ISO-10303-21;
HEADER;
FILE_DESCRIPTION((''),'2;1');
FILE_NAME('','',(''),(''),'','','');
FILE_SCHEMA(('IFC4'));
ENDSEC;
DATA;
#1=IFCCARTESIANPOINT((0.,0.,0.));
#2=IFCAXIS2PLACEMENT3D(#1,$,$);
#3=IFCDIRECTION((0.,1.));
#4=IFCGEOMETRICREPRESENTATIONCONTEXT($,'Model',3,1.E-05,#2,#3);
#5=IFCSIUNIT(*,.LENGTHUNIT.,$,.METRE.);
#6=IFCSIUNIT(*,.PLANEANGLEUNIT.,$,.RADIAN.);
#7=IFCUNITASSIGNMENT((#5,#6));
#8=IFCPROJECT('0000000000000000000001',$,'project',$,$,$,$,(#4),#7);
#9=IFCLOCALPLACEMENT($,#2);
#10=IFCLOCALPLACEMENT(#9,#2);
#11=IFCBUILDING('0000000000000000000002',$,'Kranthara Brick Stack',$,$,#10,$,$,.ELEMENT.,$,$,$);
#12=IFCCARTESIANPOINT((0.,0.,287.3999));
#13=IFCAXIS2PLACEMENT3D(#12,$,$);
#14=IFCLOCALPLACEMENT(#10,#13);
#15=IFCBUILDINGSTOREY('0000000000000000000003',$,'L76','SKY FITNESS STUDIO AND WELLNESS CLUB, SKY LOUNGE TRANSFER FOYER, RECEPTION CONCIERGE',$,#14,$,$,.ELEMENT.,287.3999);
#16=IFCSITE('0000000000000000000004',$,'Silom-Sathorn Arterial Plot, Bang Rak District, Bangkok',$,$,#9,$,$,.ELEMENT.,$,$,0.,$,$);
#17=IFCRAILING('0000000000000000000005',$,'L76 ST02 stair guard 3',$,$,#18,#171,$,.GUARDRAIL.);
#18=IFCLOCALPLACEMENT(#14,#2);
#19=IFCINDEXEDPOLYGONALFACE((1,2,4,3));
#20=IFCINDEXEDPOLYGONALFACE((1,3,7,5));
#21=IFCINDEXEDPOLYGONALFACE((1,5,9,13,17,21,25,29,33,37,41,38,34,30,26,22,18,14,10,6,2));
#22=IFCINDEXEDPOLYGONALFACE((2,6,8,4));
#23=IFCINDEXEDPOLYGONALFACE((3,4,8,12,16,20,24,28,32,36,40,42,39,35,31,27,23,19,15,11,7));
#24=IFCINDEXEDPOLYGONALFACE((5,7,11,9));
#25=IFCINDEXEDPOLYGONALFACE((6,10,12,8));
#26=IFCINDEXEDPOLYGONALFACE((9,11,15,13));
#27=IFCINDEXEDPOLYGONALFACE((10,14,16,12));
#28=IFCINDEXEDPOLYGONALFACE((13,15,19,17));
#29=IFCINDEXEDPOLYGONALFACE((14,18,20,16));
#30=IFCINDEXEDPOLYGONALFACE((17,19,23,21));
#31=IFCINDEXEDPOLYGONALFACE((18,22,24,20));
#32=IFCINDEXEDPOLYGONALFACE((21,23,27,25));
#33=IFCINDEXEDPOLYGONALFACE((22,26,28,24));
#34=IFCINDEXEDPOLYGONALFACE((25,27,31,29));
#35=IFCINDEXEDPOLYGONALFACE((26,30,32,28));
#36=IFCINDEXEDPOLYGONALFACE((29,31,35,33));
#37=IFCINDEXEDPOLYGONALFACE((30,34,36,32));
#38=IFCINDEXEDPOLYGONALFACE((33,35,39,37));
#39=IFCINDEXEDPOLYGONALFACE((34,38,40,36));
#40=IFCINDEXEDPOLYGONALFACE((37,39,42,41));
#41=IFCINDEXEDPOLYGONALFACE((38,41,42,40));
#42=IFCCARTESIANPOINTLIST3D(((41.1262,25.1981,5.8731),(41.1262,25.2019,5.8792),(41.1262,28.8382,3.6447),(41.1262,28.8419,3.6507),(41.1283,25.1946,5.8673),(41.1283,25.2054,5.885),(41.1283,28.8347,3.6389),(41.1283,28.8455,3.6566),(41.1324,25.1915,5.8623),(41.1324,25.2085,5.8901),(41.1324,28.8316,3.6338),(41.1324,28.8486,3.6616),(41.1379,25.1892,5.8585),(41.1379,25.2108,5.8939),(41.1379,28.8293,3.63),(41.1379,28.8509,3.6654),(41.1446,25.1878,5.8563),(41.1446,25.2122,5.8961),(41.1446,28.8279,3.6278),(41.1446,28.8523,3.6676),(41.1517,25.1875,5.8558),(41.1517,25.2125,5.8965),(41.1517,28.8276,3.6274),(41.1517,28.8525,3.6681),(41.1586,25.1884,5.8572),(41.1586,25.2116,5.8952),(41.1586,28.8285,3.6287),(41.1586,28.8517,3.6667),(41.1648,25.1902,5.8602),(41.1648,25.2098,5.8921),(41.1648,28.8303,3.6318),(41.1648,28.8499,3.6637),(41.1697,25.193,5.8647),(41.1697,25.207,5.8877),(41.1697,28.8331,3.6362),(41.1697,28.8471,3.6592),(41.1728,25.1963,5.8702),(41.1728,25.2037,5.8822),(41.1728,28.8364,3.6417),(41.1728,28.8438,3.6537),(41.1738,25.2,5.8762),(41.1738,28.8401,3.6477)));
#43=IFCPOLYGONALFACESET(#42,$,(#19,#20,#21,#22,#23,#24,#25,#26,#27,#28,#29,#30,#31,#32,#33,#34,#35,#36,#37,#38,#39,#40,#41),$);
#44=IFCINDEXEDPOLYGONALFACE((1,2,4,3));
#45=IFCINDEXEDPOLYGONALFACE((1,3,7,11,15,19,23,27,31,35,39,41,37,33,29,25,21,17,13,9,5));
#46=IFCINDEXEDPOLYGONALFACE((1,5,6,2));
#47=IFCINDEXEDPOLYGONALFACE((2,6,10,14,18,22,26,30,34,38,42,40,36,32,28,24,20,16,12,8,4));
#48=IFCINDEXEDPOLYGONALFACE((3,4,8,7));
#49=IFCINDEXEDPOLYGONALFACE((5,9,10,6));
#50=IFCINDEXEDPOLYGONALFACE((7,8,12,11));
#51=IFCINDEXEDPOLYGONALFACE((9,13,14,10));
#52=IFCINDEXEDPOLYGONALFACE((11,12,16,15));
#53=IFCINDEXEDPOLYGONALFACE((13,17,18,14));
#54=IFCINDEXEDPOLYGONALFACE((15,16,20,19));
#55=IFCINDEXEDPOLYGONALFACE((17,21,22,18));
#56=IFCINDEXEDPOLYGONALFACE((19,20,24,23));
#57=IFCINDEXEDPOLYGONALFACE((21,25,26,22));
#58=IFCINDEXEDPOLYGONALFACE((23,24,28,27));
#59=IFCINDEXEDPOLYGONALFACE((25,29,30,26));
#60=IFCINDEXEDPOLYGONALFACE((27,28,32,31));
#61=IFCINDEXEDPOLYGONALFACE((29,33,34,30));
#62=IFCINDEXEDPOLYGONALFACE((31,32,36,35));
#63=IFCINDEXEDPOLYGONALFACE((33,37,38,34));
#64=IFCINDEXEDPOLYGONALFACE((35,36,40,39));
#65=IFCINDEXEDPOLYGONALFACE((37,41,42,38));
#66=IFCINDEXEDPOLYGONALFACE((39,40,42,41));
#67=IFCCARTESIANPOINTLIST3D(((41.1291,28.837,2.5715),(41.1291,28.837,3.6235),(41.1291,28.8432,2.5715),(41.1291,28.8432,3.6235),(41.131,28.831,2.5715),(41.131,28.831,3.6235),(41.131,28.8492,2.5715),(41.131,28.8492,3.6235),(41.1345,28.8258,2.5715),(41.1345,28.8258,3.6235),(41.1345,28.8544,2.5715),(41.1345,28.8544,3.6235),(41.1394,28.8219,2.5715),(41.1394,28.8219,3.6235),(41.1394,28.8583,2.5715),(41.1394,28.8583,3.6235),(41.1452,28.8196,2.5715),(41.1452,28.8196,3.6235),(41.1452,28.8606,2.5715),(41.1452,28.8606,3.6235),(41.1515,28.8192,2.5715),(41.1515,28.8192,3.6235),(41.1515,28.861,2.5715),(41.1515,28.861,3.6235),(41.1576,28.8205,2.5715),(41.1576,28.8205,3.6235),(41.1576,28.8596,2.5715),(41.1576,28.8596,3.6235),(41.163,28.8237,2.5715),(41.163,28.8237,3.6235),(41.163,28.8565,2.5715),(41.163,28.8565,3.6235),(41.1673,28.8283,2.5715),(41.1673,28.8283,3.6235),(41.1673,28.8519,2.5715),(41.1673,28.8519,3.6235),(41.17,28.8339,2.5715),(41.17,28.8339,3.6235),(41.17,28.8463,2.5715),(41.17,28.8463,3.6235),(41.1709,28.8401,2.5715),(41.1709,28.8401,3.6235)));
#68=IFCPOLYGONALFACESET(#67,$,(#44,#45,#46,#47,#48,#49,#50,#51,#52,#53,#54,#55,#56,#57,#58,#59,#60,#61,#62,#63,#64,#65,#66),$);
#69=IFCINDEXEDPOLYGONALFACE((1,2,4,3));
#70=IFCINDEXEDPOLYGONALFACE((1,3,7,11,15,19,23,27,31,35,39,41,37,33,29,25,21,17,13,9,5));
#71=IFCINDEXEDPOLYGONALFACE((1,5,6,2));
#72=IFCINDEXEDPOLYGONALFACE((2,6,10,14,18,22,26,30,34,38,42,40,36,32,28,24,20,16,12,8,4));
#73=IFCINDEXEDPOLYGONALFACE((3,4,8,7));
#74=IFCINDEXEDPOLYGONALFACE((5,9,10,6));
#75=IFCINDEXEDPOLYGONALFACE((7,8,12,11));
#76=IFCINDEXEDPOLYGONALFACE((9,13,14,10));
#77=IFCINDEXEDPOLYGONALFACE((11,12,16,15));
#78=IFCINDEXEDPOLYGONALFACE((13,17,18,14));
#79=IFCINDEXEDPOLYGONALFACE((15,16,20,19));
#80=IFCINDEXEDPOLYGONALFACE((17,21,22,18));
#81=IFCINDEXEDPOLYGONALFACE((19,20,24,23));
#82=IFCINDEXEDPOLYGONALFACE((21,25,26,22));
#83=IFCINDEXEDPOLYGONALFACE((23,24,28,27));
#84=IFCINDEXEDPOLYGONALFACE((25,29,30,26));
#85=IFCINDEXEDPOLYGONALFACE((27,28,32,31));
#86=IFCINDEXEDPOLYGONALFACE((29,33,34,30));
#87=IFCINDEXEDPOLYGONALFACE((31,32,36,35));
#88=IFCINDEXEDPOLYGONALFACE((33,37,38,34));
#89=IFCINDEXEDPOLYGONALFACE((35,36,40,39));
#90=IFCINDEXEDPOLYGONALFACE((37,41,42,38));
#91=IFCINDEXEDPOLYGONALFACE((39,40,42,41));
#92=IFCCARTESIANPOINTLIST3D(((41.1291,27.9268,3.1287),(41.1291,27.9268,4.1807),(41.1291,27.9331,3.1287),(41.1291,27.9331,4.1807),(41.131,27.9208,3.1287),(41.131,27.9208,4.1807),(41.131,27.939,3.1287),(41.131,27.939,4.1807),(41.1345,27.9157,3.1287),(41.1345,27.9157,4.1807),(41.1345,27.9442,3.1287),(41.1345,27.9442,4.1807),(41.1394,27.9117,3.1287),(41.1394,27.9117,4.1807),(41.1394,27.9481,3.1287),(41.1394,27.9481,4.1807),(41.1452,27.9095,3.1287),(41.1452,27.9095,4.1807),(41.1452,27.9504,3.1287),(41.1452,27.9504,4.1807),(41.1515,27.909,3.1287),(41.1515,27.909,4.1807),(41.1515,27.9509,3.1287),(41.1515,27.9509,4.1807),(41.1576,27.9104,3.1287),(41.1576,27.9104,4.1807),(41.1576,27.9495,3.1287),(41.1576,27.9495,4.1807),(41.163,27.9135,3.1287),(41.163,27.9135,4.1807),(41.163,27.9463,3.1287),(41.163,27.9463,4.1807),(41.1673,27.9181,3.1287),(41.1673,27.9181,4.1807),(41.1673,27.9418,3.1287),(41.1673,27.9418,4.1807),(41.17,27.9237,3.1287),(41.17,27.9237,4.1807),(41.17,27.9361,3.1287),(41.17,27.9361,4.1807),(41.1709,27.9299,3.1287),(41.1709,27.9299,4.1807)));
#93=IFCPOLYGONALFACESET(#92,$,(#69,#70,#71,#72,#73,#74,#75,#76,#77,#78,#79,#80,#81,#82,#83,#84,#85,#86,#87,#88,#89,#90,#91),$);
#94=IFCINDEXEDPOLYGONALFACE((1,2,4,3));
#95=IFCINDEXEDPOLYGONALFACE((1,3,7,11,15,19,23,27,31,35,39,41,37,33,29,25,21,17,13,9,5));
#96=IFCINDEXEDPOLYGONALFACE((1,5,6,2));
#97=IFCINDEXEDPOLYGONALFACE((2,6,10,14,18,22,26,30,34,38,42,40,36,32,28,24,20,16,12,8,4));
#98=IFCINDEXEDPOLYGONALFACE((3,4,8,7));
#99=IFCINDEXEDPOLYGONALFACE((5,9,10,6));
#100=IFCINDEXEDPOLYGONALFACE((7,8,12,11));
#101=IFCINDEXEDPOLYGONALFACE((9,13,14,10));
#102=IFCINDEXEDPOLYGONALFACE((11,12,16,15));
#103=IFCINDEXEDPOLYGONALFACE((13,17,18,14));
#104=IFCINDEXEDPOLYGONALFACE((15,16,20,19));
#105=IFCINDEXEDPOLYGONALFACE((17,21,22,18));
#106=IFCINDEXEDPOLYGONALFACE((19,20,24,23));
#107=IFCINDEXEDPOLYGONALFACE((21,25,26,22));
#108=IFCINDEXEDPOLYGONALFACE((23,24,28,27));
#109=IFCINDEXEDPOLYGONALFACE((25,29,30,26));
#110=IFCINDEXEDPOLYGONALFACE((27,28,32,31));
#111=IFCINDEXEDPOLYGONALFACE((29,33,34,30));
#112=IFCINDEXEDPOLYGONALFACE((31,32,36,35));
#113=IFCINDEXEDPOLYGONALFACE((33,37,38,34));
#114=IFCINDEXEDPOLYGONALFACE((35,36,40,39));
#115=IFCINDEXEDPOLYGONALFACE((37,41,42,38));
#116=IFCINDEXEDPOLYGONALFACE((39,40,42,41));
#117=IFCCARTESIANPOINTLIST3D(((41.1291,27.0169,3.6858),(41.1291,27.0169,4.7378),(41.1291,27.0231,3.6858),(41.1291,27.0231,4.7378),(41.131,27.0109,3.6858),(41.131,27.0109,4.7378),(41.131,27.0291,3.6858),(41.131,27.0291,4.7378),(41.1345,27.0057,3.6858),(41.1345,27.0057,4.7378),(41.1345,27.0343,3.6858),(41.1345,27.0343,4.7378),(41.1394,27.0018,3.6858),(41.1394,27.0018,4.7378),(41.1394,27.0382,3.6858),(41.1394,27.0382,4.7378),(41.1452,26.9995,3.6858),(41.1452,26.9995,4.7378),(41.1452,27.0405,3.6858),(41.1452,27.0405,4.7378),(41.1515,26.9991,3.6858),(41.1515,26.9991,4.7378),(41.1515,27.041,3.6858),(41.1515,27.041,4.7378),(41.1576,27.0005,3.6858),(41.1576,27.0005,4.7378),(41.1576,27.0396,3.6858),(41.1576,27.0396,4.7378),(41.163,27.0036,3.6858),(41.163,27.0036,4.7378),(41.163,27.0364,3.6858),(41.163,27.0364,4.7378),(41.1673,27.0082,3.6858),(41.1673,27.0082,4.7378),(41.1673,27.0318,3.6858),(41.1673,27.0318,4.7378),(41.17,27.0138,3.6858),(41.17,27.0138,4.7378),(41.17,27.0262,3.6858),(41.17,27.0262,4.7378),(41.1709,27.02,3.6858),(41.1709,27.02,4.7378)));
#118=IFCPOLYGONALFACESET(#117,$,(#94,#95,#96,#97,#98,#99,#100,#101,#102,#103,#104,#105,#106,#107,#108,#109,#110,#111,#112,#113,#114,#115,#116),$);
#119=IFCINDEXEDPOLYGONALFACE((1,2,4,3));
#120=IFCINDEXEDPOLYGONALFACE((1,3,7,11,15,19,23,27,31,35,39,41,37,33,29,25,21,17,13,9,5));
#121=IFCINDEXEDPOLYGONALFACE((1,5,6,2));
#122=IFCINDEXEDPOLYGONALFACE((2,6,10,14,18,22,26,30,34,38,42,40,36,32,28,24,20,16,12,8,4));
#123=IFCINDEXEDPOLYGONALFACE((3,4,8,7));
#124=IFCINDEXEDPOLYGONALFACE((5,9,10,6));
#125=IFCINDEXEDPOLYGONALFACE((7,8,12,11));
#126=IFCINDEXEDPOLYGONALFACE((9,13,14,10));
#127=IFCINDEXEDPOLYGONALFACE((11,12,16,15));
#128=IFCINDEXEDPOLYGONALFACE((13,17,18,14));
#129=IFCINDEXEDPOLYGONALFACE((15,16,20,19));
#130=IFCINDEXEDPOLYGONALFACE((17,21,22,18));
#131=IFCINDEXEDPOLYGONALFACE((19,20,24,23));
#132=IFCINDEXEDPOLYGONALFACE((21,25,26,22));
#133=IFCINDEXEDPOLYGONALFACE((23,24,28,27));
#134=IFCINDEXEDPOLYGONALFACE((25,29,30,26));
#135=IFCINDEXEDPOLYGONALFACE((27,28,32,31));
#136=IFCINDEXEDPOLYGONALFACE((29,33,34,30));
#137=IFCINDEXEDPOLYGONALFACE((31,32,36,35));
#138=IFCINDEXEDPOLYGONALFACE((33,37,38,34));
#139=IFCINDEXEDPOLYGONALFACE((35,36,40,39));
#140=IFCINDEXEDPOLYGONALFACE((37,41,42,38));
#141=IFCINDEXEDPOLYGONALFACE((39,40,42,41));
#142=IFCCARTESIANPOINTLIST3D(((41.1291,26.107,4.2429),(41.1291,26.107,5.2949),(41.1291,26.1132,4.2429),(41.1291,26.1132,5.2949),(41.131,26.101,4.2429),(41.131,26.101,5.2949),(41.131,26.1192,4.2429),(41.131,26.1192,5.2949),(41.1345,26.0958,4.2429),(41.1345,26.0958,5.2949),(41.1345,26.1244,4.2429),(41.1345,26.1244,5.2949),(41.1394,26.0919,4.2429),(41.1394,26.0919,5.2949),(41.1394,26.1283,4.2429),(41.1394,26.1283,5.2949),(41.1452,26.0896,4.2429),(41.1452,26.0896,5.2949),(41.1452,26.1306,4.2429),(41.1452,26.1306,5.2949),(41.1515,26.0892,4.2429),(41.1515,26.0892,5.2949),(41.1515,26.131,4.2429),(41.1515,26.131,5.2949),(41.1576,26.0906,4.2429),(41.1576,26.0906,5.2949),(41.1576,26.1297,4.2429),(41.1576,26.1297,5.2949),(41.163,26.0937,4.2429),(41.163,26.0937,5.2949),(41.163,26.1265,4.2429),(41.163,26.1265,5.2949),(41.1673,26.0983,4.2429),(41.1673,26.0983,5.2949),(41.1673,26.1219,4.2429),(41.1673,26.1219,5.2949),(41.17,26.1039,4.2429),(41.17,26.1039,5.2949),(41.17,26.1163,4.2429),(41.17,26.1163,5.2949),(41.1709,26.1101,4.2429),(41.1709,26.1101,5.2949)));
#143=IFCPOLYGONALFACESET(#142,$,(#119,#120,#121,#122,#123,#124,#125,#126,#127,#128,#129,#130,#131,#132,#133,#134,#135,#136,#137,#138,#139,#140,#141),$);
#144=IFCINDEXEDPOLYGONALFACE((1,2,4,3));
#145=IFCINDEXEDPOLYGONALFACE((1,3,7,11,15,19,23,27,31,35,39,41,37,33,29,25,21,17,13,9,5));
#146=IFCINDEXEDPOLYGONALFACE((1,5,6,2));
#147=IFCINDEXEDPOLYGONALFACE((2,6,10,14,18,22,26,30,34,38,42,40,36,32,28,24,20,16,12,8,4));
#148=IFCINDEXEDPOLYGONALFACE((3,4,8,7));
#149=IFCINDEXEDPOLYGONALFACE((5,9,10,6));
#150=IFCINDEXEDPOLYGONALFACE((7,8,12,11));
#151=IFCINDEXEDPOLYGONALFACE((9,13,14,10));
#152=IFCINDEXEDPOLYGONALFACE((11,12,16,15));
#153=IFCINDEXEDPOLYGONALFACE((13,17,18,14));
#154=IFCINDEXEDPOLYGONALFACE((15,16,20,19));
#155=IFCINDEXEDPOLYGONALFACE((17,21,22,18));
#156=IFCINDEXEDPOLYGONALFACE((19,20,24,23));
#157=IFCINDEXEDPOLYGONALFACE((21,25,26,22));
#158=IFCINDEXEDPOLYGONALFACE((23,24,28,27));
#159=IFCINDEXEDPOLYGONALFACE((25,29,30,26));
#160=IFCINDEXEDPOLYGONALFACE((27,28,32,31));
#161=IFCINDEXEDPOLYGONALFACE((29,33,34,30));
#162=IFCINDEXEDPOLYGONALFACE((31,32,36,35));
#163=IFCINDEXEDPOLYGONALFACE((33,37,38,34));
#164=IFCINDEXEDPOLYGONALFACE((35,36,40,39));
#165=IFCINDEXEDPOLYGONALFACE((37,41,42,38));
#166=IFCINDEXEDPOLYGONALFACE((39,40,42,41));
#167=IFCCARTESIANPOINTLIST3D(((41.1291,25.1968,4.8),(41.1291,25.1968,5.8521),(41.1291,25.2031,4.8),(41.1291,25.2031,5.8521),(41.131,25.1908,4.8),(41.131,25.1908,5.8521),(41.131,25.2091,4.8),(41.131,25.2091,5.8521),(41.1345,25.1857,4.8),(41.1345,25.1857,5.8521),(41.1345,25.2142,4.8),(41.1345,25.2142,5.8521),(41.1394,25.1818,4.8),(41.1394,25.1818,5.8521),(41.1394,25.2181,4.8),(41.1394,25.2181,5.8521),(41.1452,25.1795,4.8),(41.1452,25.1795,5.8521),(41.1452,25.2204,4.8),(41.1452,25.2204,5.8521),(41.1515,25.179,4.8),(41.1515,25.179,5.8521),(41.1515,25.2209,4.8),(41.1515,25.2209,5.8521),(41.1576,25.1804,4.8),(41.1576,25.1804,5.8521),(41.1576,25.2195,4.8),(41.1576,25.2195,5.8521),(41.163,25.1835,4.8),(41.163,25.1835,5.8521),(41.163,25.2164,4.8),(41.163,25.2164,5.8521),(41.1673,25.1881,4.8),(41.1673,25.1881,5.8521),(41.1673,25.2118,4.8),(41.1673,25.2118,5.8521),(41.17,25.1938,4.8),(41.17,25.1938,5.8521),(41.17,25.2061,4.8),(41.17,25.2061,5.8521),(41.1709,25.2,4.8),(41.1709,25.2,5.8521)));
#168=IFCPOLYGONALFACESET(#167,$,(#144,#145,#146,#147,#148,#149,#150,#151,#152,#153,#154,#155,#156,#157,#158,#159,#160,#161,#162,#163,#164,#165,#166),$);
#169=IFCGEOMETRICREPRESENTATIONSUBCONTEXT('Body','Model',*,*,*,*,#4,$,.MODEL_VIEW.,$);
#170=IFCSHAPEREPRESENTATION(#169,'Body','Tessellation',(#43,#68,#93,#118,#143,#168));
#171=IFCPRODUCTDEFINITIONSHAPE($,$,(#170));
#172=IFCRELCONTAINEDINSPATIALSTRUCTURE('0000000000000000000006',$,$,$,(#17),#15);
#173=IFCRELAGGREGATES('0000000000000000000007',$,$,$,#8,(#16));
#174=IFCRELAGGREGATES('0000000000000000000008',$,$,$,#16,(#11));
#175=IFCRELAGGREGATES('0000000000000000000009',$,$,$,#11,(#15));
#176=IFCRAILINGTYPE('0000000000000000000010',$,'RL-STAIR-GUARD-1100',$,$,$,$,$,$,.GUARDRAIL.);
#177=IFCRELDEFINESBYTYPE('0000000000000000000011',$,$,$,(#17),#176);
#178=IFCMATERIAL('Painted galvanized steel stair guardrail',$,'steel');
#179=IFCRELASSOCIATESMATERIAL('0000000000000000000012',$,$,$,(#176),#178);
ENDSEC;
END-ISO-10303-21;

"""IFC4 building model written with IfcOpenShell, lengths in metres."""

from ifc_helpers import new_model, si_unit, direction, frame, origin, origin_2d, place, context, subcontext, project, spatial, circle, extrude, material, type_object, element, save


model = new_model("IFC4")

# Units and contexts
model_context = context("Model", 3, precision=1e-05, world=origin(), true_north=direction((0.0, 1.0)))
body_context = subcontext(model_context, "Body", "Model", "MODEL_VIEW")
ifc_project = project(units=[si_unit("LENGTHUNIT", "METRE"), si_unit("PLANEANGLEUNIT", "RADIAN")], contexts=[model_context])

# Site, building, storey
site_placement = place(None, origin())
site = spatial("IfcSite", under=ifc_project, at=site_placement, Name="Silom-Sathorn Arterial Plot, Bang Rak District, Bangkok", CompositionType="ELEMENT", RefElevation=0.0)
building_placement = place(site_placement, origin())
building = spatial("IfcBuilding", under=site, at=building_placement, Name="Kranthara Brick Stack", CompositionType="ELEMENT")
storey_placement = place(building_placement, frame((0.0, 0.0, 287.3999)))
storey = spatial("IfcBuildingStorey", under=building, at=storey_placement, Name="L76", Description="SKY FITNESS STUDIO AND WELLNESS CLUB, SKY LOUNGE TRANSFER FOYER, RECEPTION CONCIERGE", CompositionType="ELEMENT", Elevation=287.3999)

# Railing
ifc_material_1 = material(Name="Painted galvanized steel stair guardrail", Category="steel")
railing_type_1 = type_object("IfcRailingType", Name="RL-STAIR-GUARD-1100", PredefinedType="GUARDRAIL", material=ifc_material_1)
railing_1_placement = place(storey_placement, frame((41.1499, 28.8401, 2.5715)))
element("IfcRailing", 1, at=railing_1_placement, inside=storey, type_object=railing_type_1, Name="L76 ST02 stair guard 3", PredefinedType="GUARDRAIL", context=body_context, shape_type="SweptSolid", body=[
    extrude(circle(Radius=0.0239, at=origin_2d()), frame((0.0, 0.0, 1.0762), z_axis=(0.0, -0.852866, 0.52213), x_axis=(1.0, 0.0, 0.0)), (0.0, 0.0, 1.0), 4.2681),
    extrude(circle(Radius=0.021, at=origin_2d()), origin(), (0.0, 0.0, 1.0), 1.052),
    extrude(circle(Radius=0.021, at=origin_2d()), frame((0.0, -0.9102, 0.5571)), (0.0, 0.0, 1.0), 1.052),
    extrude(circle(Radius=0.021, at=origin_2d()), frame((0.0, -1.8201, 1.1143)), (0.0, 0.0, 1.0), 1.052),
    extrude(circle(Radius=0.021, at=origin_2d()), frame((0.0, -2.73, 1.6714)), (0.0, 0.0, 1.0), 1.052),
    extrude(circle(Radius=0.021, at=origin_2d()), frame((0.0, -3.6401, 2.2285)), (0.0, 0.0, 1.0), 1.052),
])

save(model, "model.ifc")
